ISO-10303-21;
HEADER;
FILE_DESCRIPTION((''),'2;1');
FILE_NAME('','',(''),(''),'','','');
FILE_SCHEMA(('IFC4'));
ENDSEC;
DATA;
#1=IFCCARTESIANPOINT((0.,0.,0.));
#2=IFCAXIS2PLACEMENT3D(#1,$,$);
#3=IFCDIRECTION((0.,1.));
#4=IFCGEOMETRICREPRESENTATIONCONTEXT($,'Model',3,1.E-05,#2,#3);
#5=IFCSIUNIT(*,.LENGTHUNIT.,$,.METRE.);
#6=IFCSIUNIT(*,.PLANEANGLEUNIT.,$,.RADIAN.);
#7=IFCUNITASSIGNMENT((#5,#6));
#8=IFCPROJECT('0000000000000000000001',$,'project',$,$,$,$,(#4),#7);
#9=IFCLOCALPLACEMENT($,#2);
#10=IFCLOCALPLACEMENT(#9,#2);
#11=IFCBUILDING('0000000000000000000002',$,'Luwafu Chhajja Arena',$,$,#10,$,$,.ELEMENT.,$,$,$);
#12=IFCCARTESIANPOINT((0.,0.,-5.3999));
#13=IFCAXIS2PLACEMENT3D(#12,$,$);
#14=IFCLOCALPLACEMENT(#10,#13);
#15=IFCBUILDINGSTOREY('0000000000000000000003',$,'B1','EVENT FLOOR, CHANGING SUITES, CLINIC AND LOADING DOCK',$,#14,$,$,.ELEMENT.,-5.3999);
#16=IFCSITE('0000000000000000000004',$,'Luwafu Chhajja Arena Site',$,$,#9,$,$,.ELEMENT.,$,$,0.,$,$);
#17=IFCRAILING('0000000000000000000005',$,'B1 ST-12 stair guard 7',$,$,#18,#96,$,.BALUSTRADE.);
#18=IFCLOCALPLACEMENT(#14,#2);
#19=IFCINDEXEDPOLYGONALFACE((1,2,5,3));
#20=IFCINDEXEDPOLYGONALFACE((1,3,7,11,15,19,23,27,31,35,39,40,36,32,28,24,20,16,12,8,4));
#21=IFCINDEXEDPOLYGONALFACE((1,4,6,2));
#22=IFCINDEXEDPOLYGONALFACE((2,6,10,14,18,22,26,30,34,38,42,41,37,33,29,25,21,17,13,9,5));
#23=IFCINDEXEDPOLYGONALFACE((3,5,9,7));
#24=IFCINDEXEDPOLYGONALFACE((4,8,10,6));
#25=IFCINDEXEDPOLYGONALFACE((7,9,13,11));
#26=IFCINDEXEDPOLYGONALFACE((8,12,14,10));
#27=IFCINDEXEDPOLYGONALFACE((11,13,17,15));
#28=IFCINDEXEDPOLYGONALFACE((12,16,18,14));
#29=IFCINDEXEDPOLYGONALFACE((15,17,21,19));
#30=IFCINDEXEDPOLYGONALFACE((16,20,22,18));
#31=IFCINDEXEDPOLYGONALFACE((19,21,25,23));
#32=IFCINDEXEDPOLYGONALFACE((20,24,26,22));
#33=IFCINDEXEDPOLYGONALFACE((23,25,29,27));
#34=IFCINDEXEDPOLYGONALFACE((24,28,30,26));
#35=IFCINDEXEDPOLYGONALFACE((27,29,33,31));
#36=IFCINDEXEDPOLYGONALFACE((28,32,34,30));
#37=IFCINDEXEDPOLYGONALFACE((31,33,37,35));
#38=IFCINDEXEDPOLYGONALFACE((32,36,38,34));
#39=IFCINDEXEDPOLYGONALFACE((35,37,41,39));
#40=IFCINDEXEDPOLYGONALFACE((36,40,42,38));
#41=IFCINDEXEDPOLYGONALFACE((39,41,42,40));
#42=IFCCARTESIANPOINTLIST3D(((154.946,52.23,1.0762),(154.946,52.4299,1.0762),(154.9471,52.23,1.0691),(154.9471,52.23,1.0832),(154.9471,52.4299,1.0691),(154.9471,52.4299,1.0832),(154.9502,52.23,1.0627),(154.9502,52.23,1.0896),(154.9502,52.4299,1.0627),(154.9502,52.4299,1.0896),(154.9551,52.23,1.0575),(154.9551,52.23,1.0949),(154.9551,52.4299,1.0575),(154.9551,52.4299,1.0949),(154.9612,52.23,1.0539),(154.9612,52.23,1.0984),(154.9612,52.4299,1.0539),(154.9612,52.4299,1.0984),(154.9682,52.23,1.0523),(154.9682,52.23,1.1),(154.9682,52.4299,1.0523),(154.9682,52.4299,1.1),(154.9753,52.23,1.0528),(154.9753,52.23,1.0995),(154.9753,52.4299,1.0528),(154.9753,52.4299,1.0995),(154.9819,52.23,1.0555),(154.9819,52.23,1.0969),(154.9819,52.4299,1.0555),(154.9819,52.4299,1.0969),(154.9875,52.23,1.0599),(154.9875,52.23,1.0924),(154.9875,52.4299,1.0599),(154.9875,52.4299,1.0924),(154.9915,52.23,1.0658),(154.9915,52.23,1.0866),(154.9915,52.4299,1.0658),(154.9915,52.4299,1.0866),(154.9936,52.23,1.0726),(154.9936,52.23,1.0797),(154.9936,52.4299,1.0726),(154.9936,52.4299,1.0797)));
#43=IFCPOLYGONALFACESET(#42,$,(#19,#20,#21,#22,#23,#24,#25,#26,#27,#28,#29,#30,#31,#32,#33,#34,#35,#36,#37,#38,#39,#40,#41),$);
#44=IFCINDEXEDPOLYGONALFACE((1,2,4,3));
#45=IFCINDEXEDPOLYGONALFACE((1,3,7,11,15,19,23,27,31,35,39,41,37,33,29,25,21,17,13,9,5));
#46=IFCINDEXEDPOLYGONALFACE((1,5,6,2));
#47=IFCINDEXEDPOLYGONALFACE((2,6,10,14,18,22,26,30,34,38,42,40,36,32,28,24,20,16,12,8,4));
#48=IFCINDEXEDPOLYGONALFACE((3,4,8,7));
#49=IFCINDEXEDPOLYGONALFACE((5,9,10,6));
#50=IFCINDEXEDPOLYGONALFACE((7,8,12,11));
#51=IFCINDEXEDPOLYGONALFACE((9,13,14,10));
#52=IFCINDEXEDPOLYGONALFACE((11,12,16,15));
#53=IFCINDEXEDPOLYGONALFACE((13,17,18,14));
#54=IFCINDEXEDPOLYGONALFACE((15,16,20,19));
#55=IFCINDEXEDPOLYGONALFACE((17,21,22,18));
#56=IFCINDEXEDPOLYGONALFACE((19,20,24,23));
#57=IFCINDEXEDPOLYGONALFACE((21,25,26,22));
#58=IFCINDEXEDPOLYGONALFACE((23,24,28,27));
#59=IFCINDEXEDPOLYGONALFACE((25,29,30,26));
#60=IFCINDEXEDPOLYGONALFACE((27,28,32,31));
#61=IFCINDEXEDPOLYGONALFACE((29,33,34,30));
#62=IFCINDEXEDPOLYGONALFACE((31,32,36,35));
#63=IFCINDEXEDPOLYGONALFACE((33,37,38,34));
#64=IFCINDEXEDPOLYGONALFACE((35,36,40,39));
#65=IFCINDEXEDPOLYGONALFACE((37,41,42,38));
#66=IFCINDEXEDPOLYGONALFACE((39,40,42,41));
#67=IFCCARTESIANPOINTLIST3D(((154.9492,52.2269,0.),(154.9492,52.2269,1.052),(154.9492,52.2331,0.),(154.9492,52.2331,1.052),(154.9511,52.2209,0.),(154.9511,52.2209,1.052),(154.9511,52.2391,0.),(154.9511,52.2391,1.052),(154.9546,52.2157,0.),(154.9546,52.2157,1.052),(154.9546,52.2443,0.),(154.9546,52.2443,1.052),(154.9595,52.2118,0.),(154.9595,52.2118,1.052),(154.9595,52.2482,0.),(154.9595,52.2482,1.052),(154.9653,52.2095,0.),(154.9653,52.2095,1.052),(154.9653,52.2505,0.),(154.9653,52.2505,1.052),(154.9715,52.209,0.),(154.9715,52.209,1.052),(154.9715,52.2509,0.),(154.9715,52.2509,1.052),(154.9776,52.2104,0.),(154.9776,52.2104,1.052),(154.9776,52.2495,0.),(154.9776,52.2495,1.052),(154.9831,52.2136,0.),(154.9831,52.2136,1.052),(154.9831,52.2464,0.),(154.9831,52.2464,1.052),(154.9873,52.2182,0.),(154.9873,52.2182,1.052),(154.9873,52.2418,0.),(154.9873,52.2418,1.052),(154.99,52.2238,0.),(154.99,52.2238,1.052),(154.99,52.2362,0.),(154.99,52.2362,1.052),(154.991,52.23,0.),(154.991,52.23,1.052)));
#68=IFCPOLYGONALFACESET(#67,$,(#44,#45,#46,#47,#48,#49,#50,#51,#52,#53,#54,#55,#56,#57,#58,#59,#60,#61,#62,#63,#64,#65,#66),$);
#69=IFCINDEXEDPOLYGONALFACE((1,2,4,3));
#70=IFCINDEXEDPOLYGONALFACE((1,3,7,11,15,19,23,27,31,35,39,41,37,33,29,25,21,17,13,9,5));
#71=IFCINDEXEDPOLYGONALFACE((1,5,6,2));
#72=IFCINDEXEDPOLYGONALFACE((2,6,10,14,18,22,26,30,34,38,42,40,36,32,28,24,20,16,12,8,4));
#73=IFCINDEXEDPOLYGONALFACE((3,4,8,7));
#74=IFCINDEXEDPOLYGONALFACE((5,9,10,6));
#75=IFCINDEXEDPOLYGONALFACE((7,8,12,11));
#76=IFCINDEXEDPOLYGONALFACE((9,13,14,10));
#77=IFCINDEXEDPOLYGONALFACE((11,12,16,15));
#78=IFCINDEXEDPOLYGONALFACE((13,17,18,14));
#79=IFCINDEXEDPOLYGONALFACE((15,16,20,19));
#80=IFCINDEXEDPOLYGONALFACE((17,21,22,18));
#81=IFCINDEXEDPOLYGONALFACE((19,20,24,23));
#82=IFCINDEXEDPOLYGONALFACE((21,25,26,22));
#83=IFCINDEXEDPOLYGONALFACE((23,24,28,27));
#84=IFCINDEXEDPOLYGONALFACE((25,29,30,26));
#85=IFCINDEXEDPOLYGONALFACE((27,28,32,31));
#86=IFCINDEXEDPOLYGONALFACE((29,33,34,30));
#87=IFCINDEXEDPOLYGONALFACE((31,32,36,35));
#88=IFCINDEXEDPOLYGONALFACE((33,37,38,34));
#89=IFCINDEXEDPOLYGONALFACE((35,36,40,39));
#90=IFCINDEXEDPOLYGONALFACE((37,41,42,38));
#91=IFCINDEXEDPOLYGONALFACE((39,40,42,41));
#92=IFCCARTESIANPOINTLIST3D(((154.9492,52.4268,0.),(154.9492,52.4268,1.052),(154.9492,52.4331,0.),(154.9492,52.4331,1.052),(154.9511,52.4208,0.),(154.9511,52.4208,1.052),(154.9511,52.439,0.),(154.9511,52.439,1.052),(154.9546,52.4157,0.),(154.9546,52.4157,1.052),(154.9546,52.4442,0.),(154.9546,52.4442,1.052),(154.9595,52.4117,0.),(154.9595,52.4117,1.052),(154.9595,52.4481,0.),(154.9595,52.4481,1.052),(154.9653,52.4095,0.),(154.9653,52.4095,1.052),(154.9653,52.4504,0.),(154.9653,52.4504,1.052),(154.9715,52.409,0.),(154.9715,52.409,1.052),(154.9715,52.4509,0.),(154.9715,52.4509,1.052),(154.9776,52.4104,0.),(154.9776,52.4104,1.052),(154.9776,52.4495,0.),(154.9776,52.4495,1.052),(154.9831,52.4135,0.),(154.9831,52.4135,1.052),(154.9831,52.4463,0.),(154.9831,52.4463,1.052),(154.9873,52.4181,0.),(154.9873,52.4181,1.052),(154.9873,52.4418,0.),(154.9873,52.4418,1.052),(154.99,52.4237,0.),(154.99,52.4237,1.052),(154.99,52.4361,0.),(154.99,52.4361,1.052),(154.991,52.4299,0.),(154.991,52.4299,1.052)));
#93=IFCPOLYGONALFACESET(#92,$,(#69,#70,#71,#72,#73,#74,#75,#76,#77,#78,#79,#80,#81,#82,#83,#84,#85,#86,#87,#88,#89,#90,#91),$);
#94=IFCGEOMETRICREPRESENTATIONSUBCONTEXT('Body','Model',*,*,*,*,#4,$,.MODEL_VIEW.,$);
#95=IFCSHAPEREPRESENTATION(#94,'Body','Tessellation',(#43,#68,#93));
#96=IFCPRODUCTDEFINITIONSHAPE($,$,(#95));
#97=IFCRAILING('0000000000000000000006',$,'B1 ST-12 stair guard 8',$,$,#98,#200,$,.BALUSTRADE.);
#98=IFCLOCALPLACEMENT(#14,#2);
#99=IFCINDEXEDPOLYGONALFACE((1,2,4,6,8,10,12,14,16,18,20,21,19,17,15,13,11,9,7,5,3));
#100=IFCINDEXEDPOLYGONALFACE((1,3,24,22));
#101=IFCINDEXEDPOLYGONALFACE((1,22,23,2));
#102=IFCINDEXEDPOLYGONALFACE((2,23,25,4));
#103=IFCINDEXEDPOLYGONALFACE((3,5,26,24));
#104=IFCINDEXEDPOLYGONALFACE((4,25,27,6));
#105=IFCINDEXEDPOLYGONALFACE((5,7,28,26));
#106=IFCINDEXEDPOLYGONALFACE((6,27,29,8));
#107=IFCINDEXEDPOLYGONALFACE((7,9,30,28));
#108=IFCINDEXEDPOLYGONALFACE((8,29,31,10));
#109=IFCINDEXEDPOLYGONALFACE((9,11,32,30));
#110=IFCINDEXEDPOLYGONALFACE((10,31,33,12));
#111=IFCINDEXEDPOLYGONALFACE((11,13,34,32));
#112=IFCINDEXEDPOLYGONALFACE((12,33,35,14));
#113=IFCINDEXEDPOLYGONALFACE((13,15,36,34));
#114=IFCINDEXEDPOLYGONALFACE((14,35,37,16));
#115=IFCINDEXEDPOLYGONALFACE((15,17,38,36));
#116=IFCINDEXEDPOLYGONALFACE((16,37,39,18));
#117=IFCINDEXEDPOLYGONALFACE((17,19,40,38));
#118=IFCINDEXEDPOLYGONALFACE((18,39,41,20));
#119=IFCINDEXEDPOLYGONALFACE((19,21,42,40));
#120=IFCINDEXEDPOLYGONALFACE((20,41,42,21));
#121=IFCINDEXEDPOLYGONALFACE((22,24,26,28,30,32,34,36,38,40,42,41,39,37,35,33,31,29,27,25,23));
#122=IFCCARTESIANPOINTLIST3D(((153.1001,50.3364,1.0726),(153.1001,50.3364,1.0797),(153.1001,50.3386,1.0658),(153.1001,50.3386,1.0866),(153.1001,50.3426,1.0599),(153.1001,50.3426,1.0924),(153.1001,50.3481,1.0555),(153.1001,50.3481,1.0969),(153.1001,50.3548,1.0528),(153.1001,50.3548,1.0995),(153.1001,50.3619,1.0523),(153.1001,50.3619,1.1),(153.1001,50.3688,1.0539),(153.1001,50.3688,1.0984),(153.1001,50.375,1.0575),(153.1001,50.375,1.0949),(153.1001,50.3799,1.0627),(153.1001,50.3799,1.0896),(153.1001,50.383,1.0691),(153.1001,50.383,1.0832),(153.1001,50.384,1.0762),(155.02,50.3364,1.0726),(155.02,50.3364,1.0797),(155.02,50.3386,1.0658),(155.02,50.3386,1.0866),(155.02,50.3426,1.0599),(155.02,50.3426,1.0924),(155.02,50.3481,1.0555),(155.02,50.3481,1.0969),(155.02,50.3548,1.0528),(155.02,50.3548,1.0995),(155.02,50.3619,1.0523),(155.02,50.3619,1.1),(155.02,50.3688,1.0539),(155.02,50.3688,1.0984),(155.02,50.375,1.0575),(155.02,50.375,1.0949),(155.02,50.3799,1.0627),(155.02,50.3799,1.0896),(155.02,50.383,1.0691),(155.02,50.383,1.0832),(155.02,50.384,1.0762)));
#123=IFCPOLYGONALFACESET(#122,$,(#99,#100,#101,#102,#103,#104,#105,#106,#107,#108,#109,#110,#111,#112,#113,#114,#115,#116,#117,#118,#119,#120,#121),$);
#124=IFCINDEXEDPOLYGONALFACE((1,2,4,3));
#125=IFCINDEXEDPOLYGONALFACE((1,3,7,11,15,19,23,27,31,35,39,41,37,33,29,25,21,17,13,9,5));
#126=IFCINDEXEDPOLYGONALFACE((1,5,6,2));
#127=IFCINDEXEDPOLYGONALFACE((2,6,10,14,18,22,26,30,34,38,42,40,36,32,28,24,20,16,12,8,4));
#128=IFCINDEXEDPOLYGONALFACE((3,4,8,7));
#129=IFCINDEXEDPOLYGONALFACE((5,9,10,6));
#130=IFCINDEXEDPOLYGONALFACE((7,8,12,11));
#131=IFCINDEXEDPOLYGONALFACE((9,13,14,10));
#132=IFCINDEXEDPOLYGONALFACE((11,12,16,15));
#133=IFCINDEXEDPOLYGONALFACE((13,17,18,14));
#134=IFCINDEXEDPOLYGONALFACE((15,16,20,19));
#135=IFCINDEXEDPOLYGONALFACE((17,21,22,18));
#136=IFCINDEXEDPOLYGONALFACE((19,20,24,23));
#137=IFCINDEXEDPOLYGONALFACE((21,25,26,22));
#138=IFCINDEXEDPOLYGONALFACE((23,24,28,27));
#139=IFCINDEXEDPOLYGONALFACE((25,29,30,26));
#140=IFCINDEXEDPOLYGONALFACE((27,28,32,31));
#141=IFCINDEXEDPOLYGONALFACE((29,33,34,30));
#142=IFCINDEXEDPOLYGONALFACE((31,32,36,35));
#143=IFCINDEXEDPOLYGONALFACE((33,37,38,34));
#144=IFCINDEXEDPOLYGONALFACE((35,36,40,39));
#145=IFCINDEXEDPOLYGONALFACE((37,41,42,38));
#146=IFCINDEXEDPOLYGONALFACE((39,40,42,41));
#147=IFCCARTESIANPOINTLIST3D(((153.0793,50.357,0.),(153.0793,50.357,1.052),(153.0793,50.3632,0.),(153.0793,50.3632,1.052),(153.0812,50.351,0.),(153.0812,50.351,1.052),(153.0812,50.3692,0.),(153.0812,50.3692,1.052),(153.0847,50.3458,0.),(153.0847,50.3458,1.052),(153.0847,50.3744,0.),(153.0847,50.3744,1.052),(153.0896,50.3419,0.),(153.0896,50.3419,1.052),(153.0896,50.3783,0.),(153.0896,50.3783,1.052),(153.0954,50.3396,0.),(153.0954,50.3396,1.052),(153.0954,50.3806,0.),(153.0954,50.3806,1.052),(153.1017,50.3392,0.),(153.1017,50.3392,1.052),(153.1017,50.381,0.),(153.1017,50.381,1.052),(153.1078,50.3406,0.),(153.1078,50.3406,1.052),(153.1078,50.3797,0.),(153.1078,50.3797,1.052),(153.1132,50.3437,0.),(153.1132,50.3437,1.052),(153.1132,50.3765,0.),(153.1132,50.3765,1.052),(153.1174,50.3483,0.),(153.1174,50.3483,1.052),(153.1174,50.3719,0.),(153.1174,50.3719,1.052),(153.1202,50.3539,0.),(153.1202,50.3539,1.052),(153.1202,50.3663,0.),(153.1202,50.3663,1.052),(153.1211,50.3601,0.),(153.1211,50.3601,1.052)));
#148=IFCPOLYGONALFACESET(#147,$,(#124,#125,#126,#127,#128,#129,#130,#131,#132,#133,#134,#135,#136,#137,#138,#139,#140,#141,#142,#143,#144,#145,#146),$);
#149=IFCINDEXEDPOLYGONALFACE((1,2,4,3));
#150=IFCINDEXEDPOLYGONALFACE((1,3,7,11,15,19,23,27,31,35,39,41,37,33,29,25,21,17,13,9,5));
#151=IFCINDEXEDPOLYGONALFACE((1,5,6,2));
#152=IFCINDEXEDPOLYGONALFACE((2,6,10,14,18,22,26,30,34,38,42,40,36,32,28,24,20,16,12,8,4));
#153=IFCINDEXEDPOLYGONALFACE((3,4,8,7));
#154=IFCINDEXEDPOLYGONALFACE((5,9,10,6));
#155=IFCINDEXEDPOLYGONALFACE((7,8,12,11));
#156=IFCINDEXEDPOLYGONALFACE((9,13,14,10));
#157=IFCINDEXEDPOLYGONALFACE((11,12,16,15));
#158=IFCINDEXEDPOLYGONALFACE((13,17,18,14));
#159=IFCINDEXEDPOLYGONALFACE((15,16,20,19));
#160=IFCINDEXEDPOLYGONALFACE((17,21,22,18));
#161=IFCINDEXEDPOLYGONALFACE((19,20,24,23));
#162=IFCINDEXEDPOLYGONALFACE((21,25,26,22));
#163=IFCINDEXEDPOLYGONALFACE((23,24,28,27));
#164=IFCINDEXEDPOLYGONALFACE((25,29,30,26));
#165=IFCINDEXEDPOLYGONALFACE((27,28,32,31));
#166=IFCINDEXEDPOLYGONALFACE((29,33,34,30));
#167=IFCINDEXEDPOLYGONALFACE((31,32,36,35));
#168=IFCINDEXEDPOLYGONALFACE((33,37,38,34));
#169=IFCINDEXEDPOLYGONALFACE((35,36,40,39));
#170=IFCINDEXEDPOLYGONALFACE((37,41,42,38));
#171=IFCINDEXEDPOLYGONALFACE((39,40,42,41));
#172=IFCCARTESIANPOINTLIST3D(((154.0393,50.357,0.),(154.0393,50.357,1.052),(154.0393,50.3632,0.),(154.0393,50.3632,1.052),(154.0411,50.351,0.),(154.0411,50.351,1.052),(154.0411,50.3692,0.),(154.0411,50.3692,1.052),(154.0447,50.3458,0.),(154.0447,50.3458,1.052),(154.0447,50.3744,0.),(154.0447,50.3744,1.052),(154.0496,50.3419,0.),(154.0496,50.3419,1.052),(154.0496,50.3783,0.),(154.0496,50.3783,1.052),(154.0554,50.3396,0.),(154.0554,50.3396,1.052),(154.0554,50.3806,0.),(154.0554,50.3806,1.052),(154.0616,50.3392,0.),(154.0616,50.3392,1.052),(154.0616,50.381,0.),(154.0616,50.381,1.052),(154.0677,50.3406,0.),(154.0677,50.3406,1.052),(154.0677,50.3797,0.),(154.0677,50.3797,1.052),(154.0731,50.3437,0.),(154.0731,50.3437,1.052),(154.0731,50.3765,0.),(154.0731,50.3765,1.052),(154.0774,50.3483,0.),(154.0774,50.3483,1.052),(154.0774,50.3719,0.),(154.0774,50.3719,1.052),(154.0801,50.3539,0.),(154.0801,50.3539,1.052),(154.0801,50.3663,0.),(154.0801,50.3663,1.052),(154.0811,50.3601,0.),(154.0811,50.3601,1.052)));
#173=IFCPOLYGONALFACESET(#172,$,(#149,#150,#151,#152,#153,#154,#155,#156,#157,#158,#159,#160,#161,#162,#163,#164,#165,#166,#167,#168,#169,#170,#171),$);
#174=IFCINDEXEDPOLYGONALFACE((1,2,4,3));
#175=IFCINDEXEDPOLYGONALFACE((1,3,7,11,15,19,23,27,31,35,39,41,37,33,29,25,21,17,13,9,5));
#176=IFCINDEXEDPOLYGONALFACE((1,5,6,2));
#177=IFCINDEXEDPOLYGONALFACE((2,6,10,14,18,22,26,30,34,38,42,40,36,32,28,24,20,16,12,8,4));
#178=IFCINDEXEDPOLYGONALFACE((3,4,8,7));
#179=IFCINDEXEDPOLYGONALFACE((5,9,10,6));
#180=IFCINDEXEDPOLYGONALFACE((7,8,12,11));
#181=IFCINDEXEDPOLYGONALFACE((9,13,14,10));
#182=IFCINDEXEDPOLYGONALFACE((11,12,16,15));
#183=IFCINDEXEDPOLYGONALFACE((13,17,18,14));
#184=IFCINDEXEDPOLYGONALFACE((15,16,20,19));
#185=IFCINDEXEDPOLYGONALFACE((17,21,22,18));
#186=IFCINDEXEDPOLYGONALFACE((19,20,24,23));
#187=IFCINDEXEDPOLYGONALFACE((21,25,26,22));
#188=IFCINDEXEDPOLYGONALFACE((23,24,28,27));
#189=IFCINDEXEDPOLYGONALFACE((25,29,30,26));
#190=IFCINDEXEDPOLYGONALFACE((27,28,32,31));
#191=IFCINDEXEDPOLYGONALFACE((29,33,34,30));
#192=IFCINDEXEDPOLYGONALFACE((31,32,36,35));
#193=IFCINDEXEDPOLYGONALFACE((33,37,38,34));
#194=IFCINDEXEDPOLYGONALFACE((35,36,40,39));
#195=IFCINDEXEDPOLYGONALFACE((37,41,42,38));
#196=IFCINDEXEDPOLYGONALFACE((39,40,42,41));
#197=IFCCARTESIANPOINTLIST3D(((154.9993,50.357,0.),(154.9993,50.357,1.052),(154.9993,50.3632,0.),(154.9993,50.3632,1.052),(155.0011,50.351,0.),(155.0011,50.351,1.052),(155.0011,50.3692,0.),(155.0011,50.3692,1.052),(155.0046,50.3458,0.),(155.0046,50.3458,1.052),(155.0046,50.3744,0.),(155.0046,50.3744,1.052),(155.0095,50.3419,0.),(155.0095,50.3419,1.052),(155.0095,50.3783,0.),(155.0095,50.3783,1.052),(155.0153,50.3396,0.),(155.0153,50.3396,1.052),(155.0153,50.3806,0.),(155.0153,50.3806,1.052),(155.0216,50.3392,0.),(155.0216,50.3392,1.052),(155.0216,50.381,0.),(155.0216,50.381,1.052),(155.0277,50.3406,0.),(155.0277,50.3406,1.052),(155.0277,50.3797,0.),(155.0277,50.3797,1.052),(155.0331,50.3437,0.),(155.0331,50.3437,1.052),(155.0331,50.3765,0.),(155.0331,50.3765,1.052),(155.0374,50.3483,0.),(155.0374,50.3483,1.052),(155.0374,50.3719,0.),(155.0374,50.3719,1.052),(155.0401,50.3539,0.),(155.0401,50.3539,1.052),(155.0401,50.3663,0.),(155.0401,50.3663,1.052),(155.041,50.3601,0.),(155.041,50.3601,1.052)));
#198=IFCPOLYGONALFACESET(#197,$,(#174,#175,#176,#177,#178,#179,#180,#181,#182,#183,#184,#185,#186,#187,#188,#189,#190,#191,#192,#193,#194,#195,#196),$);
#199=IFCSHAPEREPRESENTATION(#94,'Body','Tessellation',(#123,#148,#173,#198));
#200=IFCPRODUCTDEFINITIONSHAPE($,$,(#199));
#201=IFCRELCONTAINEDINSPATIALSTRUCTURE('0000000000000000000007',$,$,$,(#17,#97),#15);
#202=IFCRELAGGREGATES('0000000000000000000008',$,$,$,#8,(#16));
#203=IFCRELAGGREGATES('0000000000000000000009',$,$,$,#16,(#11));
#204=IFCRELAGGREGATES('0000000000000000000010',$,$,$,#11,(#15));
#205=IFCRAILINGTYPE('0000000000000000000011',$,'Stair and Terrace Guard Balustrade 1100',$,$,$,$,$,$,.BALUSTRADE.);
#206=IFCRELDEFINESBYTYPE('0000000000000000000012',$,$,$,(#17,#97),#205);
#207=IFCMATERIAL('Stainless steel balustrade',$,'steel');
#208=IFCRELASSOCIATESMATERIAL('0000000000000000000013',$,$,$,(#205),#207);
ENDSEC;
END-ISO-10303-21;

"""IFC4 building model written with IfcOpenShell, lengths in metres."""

from ifc_helpers import new_model, si_unit, direction, frame, origin, origin_2d, place, context, subcontext, project, spatial, circle, extrude, material, type_object, element, save


model = new_model("IFC4")

# Units and contexts
model_context = context("Model", 3, precision=1e-05, world=origin(), true_north=direction((0.0, 1.0)))
body_context = subcontext(model_context, "Body", "Model", "MODEL_VIEW")
ifc_project = project(units=[si_unit("LENGTHUNIT", "METRE"), si_unit("PLANEANGLEUNIT", "RADIAN")], contexts=[model_context])

# Site, building, storey
site_placement = place(None, origin())
site = spatial("IfcSite", under=ifc_project, at=site_placement, Name="Luwafu Chhajja Arena Site", CompositionType="ELEMENT", RefElevation=0.0)
building_placement = place(site_placement, origin())
building = spatial("IfcBuilding", under=site, at=building_placement, Name="Luwafu Chhajja Arena", CompositionType="ELEMENT")
storey_placement = place(building_placement, frame((0.0, 0.0, -5.3999)))
storey = spatial("IfcBuildingStorey", under=building, at=storey_placement, Name="B1", Description="EVENT FLOOR, CHANGING SUITES, CLINIC AND LOADING DOCK", CompositionType="ELEMENT", Elevation=-5.3999)

# Railings
ifc_material_1 = material(Name="Stainless steel balustrade", Category="steel")
railing_type_1 = type_object("IfcRailingType", Name="Stair and Terrace Guard Balustrade 1100", PredefinedType="BALUSTRADE", material=ifc_material_1)
railing_1_placement = place(storey_placement, frame((154.97, 52.23, 0.0)))
element("IfcRailing", 1, at=railing_1_placement, inside=storey, type_object=railing_type_1, Name="B1 ST-12 stair guard 7", PredefinedType="BALUSTRADE", context=body_context, shape_type="SweptSolid", body=[
    extrude(circle(Radius=0.0239, at=origin_2d()), frame((0.0, 0.0, 1.0762), z_axis=(0.0, 1.0, 0.0), x_axis=(-1.0, 0.0, 0.0)), (0.0, 0.0, 1.0), 0.2),
    extrude(circle(Radius=0.021, at=origin_2d()), origin(), (0.0, 0.0, 1.0), 1.052),
    extrude(circle(Radius=0.021, at=origin_2d()), frame((0.0, 0.2, 0.0)), (0.0, 0.0, 1.0), 1.052),
])
for number, where, name in (
    (2, (153.1001, 50.3601, 0.0), "B1 ST-12 stair guard 8"),
):
    element("IfcRailing", number, at=place(storey_placement, frame(where)), inside=storey, type_object=railing_type_1, Name=name, PredefinedType="BALUSTRADE", context=body_context, shape_type="SweptSolid", body=[
        extrude(circle(Radius=0.0239, at=origin_2d()), frame((0.0, 0.0, 1.0762), z_axis=(1.0, 0.0, 0.0), x_axis=(0.0, 1.0, 0.0)), (0.0, 0.0, 1.0), 1.9199),
        extrude(circle(Radius=0.021, at=origin_2d()), origin(), (0.0, 0.0, 1.0), 1.052),
        extrude(circle(Radius=0.021, at=origin_2d()), frame((0.96, 0.0, 0.0)), (0.0, 0.0, 1.0), 1.052),
        extrude(circle(Radius=0.021, at=origin_2d()), frame((1.9199, 0.0, 0.0)), (0.0, 0.0, 1.0), 1.052),
    ])

save(model, "model.ifc")
